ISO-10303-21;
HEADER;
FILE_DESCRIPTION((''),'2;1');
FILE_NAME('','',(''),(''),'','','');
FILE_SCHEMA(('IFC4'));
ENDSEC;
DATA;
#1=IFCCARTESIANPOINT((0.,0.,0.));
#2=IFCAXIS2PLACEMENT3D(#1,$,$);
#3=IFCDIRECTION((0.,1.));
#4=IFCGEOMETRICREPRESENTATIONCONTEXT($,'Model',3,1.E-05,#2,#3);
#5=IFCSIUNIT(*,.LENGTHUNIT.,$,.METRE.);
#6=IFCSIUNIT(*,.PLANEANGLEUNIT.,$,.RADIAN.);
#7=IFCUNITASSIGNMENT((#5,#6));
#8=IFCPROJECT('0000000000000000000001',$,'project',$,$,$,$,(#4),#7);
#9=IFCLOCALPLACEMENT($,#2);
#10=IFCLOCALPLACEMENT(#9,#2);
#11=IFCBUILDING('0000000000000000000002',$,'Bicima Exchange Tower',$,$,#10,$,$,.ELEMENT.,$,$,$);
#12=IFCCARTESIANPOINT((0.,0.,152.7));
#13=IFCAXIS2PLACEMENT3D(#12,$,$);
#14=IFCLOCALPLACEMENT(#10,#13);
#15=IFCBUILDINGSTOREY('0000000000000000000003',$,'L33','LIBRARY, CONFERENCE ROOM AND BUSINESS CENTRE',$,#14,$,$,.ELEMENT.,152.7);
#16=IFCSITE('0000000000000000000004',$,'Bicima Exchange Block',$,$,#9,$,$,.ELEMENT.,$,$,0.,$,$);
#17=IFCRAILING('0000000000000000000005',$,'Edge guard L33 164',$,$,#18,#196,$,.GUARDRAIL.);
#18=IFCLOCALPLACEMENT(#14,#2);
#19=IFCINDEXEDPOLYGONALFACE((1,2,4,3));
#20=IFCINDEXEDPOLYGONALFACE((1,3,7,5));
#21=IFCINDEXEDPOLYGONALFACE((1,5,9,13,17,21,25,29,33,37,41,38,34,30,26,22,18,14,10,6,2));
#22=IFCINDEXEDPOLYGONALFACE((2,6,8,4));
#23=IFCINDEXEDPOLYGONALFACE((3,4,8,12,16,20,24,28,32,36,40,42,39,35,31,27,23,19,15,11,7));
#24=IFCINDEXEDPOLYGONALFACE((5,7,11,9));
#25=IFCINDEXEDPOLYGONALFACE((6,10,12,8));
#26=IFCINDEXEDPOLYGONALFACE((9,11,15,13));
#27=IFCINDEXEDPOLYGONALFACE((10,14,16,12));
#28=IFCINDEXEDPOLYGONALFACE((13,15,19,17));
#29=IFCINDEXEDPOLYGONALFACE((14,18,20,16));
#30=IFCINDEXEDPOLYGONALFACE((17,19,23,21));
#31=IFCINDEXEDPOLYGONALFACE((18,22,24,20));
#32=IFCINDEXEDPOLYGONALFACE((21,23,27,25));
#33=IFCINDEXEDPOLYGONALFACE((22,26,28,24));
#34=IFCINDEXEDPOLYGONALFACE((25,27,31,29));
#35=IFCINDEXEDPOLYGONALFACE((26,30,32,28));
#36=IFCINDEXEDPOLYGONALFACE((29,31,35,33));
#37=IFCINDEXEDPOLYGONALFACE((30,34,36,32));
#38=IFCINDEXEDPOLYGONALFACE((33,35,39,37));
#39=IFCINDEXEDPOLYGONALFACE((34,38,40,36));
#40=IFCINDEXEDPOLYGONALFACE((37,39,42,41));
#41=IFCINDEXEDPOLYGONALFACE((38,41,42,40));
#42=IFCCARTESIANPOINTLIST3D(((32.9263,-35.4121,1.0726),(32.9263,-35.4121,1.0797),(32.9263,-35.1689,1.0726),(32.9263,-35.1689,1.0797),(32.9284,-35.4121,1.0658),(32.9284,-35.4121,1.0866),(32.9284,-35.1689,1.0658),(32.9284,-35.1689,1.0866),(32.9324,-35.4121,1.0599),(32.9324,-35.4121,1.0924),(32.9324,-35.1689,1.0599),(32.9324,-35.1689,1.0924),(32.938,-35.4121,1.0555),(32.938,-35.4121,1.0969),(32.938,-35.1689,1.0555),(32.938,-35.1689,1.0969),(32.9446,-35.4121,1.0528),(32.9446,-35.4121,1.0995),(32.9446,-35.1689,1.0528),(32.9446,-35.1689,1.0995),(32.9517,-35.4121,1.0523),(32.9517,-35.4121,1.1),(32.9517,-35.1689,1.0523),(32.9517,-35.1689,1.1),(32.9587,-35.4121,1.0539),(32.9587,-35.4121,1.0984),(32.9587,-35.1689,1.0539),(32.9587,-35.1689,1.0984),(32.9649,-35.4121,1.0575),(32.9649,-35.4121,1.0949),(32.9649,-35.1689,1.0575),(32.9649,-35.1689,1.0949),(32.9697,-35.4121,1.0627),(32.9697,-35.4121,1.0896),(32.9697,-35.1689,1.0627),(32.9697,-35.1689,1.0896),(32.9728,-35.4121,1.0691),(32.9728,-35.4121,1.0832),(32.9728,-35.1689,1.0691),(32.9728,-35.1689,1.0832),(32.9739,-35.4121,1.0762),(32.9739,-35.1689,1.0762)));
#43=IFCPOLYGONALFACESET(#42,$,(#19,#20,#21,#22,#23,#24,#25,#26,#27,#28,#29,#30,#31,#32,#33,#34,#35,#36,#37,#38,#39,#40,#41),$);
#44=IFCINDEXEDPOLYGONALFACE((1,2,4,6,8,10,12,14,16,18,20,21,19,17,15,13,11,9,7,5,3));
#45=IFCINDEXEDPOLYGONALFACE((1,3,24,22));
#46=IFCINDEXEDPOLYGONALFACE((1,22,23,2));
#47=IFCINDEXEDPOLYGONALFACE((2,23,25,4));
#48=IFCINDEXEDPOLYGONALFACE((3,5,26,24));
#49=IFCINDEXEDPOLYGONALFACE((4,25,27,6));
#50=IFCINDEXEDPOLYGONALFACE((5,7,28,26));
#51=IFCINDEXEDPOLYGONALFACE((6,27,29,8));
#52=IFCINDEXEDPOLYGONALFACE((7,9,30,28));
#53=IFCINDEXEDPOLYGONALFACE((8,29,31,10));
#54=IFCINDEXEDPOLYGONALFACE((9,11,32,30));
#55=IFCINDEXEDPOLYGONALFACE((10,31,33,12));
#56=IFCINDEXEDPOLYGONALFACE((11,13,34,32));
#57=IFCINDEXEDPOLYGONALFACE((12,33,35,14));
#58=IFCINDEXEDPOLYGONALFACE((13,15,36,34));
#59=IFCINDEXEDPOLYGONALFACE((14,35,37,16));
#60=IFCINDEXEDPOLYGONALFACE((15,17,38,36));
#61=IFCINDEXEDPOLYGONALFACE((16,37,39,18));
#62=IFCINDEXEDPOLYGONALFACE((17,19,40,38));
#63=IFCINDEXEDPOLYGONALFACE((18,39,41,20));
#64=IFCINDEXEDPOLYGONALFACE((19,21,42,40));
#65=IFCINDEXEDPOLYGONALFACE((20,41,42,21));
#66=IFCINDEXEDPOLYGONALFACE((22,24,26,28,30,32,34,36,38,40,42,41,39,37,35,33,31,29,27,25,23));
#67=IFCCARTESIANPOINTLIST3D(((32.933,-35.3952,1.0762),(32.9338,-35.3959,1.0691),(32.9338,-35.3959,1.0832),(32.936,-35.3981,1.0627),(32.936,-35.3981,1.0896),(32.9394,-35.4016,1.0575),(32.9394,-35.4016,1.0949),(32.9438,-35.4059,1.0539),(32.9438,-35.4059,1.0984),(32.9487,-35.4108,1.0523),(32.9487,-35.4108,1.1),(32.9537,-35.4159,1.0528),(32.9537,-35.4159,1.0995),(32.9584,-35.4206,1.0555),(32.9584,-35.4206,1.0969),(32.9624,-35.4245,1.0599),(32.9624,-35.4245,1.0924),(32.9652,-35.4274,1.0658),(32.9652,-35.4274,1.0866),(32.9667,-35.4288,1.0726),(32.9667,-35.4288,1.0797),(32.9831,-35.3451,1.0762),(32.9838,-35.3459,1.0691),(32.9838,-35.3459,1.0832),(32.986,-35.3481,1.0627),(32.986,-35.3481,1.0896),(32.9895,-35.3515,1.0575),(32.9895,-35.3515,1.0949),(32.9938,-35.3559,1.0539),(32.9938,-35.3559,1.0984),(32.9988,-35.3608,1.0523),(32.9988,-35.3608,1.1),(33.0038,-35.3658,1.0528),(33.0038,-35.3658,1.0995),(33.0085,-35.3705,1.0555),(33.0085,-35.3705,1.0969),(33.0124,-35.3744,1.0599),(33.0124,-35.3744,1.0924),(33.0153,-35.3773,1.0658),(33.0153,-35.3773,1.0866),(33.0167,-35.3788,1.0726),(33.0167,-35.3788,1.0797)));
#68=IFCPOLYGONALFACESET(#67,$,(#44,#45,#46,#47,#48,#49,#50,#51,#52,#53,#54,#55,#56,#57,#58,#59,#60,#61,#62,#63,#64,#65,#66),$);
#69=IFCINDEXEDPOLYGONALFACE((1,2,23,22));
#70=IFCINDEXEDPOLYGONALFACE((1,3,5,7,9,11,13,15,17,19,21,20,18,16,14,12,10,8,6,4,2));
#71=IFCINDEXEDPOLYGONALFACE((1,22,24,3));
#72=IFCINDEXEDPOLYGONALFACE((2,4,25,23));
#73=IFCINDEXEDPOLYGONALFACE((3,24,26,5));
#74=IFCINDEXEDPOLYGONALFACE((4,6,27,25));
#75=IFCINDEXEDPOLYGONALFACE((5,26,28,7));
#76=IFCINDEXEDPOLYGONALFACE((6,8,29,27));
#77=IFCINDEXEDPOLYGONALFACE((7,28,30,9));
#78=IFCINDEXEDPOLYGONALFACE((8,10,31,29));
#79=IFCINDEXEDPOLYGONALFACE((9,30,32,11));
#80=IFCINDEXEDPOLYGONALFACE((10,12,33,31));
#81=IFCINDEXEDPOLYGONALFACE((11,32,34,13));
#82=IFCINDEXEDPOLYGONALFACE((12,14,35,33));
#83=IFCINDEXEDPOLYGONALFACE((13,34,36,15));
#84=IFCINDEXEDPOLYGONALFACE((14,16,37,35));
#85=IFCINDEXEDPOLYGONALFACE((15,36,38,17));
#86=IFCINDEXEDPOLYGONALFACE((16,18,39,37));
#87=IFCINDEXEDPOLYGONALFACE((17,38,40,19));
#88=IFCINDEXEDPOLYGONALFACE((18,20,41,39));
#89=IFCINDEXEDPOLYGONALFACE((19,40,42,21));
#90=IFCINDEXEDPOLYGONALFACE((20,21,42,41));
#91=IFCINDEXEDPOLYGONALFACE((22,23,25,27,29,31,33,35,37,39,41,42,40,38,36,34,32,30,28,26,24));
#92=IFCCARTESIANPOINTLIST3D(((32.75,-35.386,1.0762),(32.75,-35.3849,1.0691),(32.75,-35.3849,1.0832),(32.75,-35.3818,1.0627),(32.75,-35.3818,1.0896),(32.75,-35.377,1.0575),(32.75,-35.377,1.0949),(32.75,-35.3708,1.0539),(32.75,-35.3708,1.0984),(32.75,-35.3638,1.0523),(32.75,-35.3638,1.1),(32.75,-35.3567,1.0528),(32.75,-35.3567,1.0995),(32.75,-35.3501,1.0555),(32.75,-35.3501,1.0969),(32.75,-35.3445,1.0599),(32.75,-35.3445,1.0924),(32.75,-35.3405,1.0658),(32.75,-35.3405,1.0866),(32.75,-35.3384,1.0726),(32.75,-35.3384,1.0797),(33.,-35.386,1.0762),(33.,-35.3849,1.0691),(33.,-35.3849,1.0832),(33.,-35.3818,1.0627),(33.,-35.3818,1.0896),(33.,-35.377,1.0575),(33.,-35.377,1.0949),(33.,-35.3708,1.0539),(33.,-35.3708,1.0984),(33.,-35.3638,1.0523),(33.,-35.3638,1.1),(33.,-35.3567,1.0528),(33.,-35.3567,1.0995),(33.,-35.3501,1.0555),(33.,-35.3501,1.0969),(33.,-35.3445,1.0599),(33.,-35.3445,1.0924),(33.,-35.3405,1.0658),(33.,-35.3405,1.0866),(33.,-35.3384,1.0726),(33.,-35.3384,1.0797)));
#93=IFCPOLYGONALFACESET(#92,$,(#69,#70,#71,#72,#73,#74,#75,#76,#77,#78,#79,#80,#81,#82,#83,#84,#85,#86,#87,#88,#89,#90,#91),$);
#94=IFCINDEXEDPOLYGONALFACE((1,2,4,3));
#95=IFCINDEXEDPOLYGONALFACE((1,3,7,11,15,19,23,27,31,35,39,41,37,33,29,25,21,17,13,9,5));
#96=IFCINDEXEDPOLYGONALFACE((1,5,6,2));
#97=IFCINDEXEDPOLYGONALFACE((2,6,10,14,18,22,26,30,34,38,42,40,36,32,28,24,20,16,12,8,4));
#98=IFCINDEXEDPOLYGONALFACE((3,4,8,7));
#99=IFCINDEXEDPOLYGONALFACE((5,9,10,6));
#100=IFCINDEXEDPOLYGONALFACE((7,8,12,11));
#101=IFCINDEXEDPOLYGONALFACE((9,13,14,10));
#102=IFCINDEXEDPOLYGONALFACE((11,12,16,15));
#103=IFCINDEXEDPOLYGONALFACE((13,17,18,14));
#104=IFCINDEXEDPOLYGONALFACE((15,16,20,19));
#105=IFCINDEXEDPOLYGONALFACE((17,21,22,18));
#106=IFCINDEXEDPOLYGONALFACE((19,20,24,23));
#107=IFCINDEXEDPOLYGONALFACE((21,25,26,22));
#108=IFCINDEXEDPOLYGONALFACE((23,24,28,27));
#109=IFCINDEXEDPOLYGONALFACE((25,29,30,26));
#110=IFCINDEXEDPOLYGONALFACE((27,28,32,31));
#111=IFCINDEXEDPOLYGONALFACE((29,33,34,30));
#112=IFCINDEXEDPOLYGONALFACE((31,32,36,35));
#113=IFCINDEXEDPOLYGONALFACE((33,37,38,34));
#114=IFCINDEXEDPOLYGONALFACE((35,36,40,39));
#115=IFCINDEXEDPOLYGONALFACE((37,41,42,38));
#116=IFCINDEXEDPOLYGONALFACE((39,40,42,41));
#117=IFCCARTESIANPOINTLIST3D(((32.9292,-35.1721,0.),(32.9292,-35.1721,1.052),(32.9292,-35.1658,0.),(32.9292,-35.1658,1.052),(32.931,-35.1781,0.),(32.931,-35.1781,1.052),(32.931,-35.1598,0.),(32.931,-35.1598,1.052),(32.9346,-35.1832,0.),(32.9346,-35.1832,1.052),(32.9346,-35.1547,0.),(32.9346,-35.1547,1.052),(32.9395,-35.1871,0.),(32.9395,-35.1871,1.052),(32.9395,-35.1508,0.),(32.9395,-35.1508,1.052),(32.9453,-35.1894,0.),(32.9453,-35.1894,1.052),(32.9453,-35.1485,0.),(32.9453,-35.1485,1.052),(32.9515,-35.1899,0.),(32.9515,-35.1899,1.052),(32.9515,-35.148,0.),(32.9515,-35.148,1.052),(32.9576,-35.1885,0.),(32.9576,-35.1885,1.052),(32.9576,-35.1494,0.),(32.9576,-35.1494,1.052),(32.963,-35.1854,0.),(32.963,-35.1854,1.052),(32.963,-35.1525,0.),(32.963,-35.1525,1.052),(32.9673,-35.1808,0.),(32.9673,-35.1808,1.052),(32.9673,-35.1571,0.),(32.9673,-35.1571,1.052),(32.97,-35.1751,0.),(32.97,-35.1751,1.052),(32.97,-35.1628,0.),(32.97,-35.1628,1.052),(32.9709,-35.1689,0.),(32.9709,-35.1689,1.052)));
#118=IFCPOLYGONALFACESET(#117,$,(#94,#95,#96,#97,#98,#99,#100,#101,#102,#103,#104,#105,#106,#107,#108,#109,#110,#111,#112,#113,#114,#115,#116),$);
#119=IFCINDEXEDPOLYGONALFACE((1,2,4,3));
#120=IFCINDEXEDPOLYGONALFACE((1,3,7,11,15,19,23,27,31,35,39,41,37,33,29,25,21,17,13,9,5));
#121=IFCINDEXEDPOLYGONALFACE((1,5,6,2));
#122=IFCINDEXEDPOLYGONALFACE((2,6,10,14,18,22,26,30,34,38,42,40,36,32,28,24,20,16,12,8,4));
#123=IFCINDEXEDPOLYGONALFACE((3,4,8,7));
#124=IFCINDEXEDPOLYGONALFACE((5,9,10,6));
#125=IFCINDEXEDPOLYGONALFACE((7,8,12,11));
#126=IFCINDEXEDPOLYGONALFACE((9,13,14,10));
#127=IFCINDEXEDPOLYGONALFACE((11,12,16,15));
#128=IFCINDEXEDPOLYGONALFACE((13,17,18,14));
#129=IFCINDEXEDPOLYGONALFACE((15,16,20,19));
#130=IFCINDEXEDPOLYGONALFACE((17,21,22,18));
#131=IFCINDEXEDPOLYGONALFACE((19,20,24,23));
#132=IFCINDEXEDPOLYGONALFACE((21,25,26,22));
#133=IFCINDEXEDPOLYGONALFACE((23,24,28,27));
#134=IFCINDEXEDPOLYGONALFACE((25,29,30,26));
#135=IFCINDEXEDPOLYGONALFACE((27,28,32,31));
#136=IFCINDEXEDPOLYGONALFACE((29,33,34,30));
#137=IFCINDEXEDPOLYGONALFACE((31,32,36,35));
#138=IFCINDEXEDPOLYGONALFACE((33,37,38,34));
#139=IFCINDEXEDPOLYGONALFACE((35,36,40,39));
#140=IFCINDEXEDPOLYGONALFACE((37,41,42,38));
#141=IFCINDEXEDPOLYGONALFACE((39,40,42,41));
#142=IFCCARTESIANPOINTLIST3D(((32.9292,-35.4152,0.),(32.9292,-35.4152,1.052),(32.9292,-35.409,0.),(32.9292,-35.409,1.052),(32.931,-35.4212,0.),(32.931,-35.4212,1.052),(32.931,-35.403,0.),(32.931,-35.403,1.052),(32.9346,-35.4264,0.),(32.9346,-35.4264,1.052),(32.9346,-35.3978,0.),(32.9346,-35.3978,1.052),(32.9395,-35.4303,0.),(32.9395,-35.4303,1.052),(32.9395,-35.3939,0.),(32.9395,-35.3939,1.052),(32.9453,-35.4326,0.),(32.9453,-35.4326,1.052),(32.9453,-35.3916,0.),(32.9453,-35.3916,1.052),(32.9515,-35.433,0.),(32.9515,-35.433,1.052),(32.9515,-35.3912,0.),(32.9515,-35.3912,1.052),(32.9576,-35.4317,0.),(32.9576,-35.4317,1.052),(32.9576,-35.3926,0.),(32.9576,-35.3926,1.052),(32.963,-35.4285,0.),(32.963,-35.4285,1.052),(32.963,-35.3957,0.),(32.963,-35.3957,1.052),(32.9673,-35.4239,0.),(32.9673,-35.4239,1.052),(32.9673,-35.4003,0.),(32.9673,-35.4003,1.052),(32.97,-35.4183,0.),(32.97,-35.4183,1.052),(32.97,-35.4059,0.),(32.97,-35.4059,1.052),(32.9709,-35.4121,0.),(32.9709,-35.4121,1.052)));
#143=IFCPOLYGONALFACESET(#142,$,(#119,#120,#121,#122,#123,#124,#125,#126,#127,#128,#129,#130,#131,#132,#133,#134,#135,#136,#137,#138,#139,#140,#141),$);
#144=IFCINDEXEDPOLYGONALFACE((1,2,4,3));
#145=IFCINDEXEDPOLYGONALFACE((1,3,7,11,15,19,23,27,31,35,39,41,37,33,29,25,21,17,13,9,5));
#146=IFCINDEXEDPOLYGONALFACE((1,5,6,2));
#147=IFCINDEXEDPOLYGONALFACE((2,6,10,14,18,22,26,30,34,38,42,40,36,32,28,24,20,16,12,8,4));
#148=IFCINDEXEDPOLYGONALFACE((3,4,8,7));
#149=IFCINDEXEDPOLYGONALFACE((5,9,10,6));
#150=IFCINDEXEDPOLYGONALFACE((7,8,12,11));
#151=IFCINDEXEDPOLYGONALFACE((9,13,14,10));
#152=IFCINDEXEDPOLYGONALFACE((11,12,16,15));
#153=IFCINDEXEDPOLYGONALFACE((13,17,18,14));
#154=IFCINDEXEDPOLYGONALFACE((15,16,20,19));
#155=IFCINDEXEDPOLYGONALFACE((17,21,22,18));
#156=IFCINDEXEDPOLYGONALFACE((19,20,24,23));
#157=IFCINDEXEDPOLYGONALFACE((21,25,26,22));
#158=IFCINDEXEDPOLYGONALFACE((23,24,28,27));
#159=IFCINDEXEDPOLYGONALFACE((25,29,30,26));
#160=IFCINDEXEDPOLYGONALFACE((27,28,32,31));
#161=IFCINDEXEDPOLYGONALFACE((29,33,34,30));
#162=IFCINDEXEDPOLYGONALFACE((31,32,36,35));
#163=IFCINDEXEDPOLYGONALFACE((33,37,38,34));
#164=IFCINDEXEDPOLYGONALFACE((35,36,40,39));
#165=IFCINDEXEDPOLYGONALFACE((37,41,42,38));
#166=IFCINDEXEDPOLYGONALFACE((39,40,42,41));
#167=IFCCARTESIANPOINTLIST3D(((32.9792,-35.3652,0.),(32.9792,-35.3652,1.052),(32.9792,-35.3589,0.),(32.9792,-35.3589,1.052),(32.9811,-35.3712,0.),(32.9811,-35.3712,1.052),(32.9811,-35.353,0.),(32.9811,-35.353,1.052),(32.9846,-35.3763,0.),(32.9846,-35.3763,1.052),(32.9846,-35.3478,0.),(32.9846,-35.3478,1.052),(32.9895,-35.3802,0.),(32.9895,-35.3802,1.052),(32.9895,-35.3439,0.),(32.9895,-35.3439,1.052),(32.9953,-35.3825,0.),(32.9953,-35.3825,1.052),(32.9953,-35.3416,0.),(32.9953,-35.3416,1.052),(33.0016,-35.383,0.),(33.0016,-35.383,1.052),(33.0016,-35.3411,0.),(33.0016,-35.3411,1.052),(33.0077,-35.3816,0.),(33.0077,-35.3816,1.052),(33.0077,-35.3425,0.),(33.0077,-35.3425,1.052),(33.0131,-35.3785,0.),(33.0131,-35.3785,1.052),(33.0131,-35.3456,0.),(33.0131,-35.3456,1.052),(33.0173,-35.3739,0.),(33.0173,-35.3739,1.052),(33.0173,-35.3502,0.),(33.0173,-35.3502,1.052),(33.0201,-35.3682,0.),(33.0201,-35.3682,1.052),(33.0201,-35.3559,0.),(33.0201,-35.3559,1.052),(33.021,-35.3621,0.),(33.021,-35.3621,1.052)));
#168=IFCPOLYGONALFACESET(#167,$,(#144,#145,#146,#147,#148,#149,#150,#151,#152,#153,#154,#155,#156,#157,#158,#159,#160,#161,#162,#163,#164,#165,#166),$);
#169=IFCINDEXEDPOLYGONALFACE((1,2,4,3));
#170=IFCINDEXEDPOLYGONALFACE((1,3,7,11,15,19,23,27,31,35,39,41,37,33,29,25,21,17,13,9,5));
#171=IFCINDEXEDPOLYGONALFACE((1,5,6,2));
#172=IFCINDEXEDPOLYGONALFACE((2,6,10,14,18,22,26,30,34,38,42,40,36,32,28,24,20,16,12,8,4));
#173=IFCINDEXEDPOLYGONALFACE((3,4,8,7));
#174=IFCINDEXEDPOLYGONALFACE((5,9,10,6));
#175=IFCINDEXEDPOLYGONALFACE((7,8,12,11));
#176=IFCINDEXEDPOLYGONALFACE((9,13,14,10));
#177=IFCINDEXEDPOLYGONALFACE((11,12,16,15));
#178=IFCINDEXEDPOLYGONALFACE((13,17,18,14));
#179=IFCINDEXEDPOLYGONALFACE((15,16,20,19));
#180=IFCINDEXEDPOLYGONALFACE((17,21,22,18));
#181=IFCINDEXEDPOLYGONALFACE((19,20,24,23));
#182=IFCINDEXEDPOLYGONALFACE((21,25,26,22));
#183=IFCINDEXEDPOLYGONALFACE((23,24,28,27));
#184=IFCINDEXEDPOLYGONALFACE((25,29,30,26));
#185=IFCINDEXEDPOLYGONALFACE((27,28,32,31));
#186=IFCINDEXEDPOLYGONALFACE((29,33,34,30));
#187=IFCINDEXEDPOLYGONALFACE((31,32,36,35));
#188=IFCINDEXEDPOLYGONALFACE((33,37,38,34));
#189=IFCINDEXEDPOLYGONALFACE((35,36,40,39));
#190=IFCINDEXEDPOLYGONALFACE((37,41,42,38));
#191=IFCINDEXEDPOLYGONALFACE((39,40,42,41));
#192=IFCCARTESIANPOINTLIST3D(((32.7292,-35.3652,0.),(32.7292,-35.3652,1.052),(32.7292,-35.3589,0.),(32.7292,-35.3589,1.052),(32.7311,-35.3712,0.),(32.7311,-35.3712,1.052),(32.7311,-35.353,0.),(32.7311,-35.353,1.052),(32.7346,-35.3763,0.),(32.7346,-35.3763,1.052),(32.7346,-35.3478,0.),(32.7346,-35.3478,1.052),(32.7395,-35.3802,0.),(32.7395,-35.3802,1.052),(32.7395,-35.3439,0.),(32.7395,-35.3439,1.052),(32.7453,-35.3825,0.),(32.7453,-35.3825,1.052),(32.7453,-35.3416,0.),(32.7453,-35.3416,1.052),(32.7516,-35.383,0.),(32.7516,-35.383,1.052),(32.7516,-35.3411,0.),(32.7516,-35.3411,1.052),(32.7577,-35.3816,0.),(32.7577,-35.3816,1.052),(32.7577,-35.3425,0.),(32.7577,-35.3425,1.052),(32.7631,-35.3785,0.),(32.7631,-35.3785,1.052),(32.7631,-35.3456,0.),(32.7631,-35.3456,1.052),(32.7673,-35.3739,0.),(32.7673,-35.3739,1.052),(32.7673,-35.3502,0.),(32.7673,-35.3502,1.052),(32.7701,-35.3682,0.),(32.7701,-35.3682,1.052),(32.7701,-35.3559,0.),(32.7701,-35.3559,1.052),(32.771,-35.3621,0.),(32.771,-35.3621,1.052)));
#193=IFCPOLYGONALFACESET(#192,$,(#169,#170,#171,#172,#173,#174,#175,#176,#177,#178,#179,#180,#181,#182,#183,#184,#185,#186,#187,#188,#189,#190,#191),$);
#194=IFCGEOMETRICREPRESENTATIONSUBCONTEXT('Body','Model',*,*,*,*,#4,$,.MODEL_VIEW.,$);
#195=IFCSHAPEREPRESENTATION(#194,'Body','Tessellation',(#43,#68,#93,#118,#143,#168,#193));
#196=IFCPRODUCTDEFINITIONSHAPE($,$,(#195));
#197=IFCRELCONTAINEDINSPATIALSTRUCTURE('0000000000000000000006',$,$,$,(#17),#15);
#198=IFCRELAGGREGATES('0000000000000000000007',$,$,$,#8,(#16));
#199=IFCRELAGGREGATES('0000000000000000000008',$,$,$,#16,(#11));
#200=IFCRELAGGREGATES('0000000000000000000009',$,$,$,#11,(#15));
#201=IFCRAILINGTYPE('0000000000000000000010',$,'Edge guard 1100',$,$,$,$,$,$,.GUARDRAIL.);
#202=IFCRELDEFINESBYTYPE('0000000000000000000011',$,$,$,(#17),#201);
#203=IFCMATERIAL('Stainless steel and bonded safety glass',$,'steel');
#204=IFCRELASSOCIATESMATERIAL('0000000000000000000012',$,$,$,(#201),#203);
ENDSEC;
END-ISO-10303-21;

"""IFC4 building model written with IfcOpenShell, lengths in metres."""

from ifc_helpers import new_model, si_unit, direction, frame, origin, origin_2d, place, context, subcontext, project, spatial, circle, extrude, material, type_object, element, save


model = new_model("IFC4")

# Units and contexts
model_context = context("Model", 3, precision=1e-05, world=origin(), true_north=direction((0.0, 1.0)))
body_context = subcontext(model_context, "Body", "Model", "MODEL_VIEW")
ifc_project = project(units=[si_unit("LENGTHUNIT", "METRE"), si_unit("PLANEANGLEUNIT", "RADIAN")], contexts=[model_context])

# Site, building, storey
site_placement = place(None, origin())
site = spatial("IfcSite", under=ifc_project, at=site_placement, Name="Bicima Exchange Block", CompositionType="ELEMENT", RefElevation=0.0)
building_placement = place(site_placement, origin())
building = spatial("IfcBuilding", under=site, at=building_placement, Name="Bicima Exchange Tower", CompositionType="ELEMENT")
storey_placement = place(building_placement, frame((0.0, 0.0, 152.7)))
storey = spatial("IfcBuildingStorey", under=building, at=storey_placement, Name="L33", Description="LIBRARY, CONFERENCE ROOM AND BUSINESS CENTRE", CompositionType="ELEMENT", Elevation=152.7)

# Railing
ifc_material_1 = material(Name="Stainless steel and bonded safety glass", Category="steel")
railing_type = type_object("IfcRailingType", Name="Edge guard 1100", PredefinedType="GUARDRAIL", material=ifc_material_1)
railing_1_placement = place(storey_placement, frame((32.95, -35.1689, 0.0)))
element("IfcRailing", 1, at=railing_1_placement, inside=storey, type_object=railing_type, Name="Edge guard L33 164", PredefinedType="GUARDRAIL", context=body_context, shape_type="SweptSolid", body=[
    extrude(circle(Radius=0.0239, at=origin_2d()), frame((0.0, 0.0, 1.0762), z_axis=(0.0, -1.0, 0.0), x_axis=(1.0, 0.0, 0.0)), (0.0, 0.0, 1.0), 0.2432),
    extrude(circle(Radius=0.0239, at=origin_2d()), frame((0.0, -0.2432, 1.0762), z_axis=(0.707107, 0.707107, 0.0), x_axis=(-0.707107, 0.707107, 0.0)), (0.0, 0.0, 1.0), 0.0708),
    extrude(circle(Radius=0.0239, at=origin_2d()), frame((0.05, -0.1931, 1.0762), z_axis=(-1.0, 0.0, 0.0), x_axis=(0.0, -1.0, 0.0)), (0.0, 0.0, 1.0), 0.25),
    extrude(circle(Radius=0.021, at=origin_2d()), origin(), (0.0, 0.0, 1.0), 1.052),
    extrude(circle(Radius=0.021, at=origin_2d()), frame((0.0, -0.2432, 0.0)), (0.0, 0.0, 1.0), 1.052),
    extrude(circle(Radius=0.021, at=origin_2d()), frame((0.05, -0.1931, 0.0)), (0.0, 0.0, 1.0), 1.052),
    extrude(circle(Radius=0.021, at=origin_2d()), frame((-0.2, -0.1931, 0.0)), (0.0, 0.0, 1.0), 1.052),
])

save(model, "model.ifc")
